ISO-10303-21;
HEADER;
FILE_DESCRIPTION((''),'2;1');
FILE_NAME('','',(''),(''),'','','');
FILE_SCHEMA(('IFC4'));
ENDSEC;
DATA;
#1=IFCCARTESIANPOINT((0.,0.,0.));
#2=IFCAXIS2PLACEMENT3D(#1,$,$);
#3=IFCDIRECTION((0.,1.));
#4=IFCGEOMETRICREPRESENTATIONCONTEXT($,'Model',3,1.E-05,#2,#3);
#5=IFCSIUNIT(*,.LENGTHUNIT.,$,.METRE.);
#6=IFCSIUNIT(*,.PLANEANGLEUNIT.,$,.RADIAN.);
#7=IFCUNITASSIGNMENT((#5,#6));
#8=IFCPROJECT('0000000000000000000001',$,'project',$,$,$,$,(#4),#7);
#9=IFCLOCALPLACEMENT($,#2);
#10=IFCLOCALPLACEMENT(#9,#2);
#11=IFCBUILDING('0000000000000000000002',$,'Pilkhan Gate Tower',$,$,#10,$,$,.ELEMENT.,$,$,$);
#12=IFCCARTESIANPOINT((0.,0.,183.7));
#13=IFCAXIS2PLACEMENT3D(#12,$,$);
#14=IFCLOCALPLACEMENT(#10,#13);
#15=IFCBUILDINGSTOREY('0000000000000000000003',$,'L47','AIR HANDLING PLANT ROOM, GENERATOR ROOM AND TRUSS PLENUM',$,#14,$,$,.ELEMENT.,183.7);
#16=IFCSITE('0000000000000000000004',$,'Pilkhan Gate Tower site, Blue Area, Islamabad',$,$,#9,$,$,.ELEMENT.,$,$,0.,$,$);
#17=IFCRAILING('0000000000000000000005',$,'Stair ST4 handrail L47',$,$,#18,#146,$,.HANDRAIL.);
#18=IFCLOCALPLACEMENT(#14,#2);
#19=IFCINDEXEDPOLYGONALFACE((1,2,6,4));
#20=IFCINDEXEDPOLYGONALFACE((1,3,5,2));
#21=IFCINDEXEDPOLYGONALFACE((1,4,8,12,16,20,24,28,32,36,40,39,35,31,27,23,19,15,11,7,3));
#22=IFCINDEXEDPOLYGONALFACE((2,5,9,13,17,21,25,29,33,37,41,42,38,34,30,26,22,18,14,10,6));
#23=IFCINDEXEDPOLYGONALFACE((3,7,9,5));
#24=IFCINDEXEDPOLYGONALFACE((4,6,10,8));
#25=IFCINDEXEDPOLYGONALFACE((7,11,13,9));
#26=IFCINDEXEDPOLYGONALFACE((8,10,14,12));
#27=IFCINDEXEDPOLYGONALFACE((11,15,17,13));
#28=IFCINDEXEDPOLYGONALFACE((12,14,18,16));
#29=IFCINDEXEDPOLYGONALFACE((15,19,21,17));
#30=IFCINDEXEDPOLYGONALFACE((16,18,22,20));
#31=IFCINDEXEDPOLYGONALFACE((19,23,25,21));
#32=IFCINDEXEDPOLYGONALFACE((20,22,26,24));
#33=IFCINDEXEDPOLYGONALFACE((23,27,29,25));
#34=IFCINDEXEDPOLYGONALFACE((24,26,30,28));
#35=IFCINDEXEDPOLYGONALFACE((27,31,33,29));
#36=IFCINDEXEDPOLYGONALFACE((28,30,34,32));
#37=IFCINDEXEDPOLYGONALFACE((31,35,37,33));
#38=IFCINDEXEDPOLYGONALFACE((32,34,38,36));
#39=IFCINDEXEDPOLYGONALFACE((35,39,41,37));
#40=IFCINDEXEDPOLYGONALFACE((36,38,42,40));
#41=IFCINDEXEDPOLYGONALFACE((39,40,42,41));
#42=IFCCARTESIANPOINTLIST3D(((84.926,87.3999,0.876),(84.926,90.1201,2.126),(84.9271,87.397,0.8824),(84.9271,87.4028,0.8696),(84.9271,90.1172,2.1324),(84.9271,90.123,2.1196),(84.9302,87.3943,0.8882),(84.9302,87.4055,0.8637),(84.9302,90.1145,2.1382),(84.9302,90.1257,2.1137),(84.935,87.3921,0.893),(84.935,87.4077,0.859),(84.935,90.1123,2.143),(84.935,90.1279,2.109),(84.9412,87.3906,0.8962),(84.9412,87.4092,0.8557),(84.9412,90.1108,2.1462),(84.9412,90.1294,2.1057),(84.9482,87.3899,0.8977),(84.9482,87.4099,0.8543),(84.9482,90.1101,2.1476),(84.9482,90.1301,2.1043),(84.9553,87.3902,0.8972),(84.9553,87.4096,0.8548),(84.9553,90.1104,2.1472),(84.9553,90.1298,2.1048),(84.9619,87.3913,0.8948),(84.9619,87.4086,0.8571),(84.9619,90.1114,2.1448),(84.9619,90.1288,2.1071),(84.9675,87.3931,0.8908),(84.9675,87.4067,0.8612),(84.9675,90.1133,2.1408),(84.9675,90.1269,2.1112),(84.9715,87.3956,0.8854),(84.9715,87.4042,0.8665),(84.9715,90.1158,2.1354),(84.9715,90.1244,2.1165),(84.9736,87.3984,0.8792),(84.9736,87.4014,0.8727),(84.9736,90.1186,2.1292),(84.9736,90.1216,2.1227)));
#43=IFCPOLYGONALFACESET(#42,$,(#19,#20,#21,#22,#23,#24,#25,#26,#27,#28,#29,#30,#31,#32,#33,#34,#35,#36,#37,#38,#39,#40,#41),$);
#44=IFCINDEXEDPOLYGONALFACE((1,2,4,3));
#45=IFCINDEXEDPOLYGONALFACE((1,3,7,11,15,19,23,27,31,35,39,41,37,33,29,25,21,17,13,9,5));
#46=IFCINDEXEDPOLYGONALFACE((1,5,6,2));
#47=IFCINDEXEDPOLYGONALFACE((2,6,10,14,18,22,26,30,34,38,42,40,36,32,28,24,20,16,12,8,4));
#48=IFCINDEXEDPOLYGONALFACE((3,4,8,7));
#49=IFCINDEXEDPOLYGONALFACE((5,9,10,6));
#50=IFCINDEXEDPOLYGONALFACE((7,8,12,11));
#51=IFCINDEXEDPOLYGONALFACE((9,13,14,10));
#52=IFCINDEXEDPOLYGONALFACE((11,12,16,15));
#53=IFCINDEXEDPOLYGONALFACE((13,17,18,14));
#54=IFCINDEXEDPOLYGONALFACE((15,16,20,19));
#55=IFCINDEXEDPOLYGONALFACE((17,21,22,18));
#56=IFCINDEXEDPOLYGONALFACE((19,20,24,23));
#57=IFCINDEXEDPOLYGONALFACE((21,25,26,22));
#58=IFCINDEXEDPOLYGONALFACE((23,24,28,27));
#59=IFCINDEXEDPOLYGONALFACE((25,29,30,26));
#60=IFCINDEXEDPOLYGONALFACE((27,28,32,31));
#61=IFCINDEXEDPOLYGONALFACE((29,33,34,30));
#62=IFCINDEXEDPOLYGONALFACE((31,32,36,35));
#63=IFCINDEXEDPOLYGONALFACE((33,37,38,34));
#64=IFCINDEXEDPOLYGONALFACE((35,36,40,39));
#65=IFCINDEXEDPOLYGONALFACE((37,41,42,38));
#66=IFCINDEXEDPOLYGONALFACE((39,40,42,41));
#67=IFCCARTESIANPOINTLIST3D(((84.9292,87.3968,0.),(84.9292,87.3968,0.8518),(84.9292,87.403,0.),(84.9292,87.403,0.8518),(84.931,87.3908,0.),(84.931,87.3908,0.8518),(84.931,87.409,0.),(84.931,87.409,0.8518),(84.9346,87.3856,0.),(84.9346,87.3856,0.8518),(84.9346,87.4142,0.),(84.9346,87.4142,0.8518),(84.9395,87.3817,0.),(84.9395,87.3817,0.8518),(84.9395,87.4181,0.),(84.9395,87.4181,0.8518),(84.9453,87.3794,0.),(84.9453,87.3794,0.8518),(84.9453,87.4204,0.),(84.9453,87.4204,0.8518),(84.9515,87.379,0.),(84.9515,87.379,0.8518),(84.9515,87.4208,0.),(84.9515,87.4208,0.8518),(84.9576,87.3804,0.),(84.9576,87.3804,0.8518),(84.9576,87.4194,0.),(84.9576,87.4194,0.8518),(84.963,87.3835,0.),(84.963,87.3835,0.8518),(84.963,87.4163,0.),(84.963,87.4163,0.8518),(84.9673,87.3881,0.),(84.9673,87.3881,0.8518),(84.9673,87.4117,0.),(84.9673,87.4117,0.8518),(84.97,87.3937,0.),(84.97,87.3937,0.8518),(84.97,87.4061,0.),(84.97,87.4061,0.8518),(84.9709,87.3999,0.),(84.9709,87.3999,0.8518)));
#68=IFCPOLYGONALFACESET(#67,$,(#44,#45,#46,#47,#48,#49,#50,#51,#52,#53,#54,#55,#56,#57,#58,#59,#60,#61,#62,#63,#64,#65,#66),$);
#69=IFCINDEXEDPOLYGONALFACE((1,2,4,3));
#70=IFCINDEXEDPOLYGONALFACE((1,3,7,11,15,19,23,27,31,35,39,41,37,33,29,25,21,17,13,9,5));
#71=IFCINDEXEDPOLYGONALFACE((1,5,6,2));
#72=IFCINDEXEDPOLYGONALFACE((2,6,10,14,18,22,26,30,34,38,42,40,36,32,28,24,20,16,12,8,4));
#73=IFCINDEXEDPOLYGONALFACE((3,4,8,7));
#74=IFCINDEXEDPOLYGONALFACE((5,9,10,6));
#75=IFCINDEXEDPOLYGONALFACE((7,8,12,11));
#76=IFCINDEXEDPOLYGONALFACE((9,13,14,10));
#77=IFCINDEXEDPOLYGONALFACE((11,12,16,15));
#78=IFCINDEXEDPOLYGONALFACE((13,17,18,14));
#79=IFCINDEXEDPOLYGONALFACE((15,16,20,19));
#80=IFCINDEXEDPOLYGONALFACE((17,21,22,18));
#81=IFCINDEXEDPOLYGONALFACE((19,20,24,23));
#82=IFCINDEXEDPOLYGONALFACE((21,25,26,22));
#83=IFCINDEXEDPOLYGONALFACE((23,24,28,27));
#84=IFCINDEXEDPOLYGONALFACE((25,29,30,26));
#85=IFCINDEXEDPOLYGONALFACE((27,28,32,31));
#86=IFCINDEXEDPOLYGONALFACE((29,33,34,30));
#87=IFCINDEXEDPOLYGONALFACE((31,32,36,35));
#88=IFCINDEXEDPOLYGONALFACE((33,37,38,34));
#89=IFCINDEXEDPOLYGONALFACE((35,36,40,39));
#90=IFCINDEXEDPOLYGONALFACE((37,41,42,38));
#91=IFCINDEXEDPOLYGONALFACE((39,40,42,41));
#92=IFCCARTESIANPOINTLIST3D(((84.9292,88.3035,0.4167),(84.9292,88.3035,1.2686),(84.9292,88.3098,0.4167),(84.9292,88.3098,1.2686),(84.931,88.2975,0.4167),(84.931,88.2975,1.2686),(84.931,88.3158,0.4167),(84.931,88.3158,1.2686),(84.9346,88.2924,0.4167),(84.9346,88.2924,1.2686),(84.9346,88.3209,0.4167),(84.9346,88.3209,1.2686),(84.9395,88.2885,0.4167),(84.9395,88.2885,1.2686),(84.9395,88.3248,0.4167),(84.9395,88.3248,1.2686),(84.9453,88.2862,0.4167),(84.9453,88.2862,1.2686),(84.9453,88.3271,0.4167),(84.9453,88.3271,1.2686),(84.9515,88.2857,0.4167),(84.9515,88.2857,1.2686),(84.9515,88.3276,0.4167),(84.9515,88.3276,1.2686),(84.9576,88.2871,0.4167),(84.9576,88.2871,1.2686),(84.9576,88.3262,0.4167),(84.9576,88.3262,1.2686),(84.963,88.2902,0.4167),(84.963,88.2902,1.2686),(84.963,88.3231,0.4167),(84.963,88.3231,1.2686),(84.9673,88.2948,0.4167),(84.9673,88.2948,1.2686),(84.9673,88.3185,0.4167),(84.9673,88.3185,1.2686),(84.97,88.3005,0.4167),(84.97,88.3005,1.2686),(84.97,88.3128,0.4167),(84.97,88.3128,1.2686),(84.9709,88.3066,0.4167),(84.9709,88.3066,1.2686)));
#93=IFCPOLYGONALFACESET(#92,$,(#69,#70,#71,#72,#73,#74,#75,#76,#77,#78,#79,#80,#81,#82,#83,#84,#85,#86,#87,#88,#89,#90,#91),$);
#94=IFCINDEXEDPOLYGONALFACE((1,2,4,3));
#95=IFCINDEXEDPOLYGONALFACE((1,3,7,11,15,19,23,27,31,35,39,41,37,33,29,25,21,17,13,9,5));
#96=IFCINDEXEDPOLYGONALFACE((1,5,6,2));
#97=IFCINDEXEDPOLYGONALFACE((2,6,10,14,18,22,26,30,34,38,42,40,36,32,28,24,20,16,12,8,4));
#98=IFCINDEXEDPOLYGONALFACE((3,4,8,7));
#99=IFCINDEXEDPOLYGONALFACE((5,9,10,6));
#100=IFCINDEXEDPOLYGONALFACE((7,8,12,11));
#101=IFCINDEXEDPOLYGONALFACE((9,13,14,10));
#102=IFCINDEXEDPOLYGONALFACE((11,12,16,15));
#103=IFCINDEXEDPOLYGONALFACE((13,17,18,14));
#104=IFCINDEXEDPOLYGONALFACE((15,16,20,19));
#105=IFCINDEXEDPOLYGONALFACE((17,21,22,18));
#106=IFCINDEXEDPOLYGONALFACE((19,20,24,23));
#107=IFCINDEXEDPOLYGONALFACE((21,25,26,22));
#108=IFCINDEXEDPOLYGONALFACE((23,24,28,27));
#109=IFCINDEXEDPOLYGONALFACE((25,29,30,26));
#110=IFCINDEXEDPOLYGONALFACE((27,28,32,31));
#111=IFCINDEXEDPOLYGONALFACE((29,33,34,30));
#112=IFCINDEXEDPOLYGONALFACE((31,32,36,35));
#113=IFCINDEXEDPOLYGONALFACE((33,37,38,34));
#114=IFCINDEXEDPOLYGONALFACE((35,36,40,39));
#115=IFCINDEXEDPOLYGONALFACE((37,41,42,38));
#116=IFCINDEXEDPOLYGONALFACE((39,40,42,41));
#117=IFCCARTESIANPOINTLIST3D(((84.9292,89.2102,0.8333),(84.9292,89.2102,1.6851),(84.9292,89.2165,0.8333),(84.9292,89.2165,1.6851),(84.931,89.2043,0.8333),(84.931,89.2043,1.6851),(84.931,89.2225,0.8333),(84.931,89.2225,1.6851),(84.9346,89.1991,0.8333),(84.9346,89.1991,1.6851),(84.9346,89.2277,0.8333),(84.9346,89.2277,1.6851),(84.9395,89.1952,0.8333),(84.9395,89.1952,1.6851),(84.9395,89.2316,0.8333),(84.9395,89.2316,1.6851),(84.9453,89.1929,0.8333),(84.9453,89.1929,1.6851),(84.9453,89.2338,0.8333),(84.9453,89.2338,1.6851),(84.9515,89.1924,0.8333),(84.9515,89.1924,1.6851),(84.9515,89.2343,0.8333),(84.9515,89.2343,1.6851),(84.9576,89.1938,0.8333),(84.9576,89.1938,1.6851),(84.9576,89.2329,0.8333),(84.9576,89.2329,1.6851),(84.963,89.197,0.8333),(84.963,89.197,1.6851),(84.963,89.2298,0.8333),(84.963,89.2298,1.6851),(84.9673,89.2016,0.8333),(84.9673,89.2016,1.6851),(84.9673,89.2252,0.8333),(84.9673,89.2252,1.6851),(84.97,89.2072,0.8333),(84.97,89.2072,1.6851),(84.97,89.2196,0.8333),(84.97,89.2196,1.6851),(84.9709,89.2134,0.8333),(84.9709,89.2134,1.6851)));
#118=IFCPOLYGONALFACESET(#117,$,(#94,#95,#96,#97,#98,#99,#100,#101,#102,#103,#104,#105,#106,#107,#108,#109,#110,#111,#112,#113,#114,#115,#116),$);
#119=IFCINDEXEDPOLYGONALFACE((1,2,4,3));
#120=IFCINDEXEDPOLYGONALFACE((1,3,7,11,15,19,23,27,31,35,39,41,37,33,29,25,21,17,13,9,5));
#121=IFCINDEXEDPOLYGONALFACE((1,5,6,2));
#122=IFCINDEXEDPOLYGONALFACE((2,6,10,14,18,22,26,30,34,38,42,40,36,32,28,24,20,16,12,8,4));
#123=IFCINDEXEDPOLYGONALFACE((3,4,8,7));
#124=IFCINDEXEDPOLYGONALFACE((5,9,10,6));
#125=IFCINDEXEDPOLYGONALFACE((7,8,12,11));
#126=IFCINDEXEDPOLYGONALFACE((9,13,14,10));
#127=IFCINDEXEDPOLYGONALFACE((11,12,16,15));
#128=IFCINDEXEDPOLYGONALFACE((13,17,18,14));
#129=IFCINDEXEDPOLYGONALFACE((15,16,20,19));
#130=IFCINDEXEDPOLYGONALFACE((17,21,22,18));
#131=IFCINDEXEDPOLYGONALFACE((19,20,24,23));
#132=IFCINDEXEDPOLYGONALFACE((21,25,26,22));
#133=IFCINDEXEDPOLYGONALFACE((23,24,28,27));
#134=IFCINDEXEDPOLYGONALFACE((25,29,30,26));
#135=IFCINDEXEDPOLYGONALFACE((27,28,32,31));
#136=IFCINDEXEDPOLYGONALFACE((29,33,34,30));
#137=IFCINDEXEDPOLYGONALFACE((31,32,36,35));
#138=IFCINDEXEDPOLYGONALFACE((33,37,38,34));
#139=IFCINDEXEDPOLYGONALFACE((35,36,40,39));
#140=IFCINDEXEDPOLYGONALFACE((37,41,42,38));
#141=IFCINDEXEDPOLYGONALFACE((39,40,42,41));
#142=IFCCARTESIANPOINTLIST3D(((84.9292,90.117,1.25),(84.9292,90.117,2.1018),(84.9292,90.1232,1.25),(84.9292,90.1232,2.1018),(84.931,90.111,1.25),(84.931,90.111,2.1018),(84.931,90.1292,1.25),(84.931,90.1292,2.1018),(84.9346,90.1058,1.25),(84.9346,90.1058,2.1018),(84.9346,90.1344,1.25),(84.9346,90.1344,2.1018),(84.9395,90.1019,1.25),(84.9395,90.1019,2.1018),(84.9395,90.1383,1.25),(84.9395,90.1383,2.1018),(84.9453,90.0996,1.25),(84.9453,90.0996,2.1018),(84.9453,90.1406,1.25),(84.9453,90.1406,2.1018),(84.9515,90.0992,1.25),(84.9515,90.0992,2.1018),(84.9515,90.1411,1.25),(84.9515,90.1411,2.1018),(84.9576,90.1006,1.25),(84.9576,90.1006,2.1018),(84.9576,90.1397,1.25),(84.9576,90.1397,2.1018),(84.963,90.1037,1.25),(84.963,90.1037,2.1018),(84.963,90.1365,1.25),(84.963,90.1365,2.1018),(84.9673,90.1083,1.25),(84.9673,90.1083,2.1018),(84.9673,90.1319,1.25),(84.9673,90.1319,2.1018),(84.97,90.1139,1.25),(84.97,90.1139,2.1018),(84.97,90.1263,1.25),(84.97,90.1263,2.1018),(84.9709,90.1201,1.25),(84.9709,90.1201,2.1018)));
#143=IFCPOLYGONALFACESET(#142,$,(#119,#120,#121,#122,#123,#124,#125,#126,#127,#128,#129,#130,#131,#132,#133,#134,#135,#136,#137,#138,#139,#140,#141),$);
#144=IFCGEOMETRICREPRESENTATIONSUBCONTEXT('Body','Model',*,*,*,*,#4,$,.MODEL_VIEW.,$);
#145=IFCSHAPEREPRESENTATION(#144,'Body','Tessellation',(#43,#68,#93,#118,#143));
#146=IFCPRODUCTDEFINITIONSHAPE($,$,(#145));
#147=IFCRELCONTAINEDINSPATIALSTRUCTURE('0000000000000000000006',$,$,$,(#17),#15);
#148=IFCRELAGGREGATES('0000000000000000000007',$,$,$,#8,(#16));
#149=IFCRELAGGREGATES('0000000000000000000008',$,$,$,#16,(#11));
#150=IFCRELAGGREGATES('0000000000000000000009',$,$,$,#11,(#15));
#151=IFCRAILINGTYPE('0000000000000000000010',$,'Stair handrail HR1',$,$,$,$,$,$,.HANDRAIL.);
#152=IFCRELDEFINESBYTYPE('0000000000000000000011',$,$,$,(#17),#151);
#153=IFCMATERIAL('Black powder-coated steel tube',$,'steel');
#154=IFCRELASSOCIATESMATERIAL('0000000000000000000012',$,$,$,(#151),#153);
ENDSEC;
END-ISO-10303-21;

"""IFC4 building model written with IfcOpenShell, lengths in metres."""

from ifc_helpers import new_model, si_unit, direction, frame, origin, origin_2d, place, context, subcontext, project, spatial, circle, extrude, material, type_object, element, save


model = new_model("IFC4")

# Units and contexts
model_context = context("Model", 3, precision=1e-05, world=origin(), true_north=direction((0.0, 1.0)))
body_context = subcontext(model_context, "Body", "Model", "MODEL_VIEW")
ifc_project = project(units=[si_unit("LENGTHUNIT", "METRE"), si_unit("PLANEANGLEUNIT", "RADIAN")], contexts=[model_context])

# Site, building, storey
site_placement = place(None, origin())
site = spatial("IfcSite", under=ifc_project, at=site_placement, Name="Pilkhan Gate Tower site, Blue Area, Islamabad", CompositionType="ELEMENT", RefElevation=0.0)
building_placement = place(site_placement, origin())
building = spatial("IfcBuilding", under=site, at=building_placement, Name="Pilkhan Gate Tower", CompositionType="ELEMENT")
storey_placement = place(building_placement, frame((0.0, 0.0, 183.7)))
storey = spatial("IfcBuildingStorey", under=building, at=storey_placement, Name="L47", Description="AIR HANDLING PLANT ROOM, GENERATOR ROOM AND TRUSS PLENUM", CompositionType="ELEMENT", Elevation=183.7)

# Railing
ifc_material_1 = material(Name="Black powder-coated steel tube", Category="steel")
railing_type_1 = type_object("IfcRailingType", Name="Stair handrail HR1", PredefinedType="HANDRAIL", material=ifc_material_1)
for number, where, name in (
    (1, (84.95, 87.3999, 0.0), "Stair ST4 handrail L47"),
):
    element("IfcRailing", number, at=place(storey_placement, frame(where)), inside=storey, type_object=railing_type_1, Name=name, PredefinedType="HANDRAIL", context=body_context, shape_type="SweptSolid", body=[
        extrude(circle(Radius=0.0239, at=origin_2d()), frame((0.0, 0.0, 0.876), z_axis=(0.0, 0.908655, 0.417547), x_axis=(-1.0, 0.0, 0.0)), (0.0, 0.0, 1.0), 2.9937),
        extrude(circle(Radius=0.021, at=origin_2d()), origin(), (0.0, 0.0, 1.0), 0.8518),
        extrude(circle(Radius=0.021, at=origin_2d()), frame((0.0, 0.9067, 0.4167)), (0.0, 0.0, 1.0), 0.8518),
        extrude(circle(Radius=0.021, at=origin_2d()), frame((0.0, 1.8135, 0.8333)), (0.0, 0.0, 1.0), 0.8518),
        extrude(circle(Radius=0.021, at=origin_2d()), frame((0.0, 2.7202, 1.25)), (0.0, 0.0, 1.0), 0.8518),
    ])

save(model, "model.ifc")
